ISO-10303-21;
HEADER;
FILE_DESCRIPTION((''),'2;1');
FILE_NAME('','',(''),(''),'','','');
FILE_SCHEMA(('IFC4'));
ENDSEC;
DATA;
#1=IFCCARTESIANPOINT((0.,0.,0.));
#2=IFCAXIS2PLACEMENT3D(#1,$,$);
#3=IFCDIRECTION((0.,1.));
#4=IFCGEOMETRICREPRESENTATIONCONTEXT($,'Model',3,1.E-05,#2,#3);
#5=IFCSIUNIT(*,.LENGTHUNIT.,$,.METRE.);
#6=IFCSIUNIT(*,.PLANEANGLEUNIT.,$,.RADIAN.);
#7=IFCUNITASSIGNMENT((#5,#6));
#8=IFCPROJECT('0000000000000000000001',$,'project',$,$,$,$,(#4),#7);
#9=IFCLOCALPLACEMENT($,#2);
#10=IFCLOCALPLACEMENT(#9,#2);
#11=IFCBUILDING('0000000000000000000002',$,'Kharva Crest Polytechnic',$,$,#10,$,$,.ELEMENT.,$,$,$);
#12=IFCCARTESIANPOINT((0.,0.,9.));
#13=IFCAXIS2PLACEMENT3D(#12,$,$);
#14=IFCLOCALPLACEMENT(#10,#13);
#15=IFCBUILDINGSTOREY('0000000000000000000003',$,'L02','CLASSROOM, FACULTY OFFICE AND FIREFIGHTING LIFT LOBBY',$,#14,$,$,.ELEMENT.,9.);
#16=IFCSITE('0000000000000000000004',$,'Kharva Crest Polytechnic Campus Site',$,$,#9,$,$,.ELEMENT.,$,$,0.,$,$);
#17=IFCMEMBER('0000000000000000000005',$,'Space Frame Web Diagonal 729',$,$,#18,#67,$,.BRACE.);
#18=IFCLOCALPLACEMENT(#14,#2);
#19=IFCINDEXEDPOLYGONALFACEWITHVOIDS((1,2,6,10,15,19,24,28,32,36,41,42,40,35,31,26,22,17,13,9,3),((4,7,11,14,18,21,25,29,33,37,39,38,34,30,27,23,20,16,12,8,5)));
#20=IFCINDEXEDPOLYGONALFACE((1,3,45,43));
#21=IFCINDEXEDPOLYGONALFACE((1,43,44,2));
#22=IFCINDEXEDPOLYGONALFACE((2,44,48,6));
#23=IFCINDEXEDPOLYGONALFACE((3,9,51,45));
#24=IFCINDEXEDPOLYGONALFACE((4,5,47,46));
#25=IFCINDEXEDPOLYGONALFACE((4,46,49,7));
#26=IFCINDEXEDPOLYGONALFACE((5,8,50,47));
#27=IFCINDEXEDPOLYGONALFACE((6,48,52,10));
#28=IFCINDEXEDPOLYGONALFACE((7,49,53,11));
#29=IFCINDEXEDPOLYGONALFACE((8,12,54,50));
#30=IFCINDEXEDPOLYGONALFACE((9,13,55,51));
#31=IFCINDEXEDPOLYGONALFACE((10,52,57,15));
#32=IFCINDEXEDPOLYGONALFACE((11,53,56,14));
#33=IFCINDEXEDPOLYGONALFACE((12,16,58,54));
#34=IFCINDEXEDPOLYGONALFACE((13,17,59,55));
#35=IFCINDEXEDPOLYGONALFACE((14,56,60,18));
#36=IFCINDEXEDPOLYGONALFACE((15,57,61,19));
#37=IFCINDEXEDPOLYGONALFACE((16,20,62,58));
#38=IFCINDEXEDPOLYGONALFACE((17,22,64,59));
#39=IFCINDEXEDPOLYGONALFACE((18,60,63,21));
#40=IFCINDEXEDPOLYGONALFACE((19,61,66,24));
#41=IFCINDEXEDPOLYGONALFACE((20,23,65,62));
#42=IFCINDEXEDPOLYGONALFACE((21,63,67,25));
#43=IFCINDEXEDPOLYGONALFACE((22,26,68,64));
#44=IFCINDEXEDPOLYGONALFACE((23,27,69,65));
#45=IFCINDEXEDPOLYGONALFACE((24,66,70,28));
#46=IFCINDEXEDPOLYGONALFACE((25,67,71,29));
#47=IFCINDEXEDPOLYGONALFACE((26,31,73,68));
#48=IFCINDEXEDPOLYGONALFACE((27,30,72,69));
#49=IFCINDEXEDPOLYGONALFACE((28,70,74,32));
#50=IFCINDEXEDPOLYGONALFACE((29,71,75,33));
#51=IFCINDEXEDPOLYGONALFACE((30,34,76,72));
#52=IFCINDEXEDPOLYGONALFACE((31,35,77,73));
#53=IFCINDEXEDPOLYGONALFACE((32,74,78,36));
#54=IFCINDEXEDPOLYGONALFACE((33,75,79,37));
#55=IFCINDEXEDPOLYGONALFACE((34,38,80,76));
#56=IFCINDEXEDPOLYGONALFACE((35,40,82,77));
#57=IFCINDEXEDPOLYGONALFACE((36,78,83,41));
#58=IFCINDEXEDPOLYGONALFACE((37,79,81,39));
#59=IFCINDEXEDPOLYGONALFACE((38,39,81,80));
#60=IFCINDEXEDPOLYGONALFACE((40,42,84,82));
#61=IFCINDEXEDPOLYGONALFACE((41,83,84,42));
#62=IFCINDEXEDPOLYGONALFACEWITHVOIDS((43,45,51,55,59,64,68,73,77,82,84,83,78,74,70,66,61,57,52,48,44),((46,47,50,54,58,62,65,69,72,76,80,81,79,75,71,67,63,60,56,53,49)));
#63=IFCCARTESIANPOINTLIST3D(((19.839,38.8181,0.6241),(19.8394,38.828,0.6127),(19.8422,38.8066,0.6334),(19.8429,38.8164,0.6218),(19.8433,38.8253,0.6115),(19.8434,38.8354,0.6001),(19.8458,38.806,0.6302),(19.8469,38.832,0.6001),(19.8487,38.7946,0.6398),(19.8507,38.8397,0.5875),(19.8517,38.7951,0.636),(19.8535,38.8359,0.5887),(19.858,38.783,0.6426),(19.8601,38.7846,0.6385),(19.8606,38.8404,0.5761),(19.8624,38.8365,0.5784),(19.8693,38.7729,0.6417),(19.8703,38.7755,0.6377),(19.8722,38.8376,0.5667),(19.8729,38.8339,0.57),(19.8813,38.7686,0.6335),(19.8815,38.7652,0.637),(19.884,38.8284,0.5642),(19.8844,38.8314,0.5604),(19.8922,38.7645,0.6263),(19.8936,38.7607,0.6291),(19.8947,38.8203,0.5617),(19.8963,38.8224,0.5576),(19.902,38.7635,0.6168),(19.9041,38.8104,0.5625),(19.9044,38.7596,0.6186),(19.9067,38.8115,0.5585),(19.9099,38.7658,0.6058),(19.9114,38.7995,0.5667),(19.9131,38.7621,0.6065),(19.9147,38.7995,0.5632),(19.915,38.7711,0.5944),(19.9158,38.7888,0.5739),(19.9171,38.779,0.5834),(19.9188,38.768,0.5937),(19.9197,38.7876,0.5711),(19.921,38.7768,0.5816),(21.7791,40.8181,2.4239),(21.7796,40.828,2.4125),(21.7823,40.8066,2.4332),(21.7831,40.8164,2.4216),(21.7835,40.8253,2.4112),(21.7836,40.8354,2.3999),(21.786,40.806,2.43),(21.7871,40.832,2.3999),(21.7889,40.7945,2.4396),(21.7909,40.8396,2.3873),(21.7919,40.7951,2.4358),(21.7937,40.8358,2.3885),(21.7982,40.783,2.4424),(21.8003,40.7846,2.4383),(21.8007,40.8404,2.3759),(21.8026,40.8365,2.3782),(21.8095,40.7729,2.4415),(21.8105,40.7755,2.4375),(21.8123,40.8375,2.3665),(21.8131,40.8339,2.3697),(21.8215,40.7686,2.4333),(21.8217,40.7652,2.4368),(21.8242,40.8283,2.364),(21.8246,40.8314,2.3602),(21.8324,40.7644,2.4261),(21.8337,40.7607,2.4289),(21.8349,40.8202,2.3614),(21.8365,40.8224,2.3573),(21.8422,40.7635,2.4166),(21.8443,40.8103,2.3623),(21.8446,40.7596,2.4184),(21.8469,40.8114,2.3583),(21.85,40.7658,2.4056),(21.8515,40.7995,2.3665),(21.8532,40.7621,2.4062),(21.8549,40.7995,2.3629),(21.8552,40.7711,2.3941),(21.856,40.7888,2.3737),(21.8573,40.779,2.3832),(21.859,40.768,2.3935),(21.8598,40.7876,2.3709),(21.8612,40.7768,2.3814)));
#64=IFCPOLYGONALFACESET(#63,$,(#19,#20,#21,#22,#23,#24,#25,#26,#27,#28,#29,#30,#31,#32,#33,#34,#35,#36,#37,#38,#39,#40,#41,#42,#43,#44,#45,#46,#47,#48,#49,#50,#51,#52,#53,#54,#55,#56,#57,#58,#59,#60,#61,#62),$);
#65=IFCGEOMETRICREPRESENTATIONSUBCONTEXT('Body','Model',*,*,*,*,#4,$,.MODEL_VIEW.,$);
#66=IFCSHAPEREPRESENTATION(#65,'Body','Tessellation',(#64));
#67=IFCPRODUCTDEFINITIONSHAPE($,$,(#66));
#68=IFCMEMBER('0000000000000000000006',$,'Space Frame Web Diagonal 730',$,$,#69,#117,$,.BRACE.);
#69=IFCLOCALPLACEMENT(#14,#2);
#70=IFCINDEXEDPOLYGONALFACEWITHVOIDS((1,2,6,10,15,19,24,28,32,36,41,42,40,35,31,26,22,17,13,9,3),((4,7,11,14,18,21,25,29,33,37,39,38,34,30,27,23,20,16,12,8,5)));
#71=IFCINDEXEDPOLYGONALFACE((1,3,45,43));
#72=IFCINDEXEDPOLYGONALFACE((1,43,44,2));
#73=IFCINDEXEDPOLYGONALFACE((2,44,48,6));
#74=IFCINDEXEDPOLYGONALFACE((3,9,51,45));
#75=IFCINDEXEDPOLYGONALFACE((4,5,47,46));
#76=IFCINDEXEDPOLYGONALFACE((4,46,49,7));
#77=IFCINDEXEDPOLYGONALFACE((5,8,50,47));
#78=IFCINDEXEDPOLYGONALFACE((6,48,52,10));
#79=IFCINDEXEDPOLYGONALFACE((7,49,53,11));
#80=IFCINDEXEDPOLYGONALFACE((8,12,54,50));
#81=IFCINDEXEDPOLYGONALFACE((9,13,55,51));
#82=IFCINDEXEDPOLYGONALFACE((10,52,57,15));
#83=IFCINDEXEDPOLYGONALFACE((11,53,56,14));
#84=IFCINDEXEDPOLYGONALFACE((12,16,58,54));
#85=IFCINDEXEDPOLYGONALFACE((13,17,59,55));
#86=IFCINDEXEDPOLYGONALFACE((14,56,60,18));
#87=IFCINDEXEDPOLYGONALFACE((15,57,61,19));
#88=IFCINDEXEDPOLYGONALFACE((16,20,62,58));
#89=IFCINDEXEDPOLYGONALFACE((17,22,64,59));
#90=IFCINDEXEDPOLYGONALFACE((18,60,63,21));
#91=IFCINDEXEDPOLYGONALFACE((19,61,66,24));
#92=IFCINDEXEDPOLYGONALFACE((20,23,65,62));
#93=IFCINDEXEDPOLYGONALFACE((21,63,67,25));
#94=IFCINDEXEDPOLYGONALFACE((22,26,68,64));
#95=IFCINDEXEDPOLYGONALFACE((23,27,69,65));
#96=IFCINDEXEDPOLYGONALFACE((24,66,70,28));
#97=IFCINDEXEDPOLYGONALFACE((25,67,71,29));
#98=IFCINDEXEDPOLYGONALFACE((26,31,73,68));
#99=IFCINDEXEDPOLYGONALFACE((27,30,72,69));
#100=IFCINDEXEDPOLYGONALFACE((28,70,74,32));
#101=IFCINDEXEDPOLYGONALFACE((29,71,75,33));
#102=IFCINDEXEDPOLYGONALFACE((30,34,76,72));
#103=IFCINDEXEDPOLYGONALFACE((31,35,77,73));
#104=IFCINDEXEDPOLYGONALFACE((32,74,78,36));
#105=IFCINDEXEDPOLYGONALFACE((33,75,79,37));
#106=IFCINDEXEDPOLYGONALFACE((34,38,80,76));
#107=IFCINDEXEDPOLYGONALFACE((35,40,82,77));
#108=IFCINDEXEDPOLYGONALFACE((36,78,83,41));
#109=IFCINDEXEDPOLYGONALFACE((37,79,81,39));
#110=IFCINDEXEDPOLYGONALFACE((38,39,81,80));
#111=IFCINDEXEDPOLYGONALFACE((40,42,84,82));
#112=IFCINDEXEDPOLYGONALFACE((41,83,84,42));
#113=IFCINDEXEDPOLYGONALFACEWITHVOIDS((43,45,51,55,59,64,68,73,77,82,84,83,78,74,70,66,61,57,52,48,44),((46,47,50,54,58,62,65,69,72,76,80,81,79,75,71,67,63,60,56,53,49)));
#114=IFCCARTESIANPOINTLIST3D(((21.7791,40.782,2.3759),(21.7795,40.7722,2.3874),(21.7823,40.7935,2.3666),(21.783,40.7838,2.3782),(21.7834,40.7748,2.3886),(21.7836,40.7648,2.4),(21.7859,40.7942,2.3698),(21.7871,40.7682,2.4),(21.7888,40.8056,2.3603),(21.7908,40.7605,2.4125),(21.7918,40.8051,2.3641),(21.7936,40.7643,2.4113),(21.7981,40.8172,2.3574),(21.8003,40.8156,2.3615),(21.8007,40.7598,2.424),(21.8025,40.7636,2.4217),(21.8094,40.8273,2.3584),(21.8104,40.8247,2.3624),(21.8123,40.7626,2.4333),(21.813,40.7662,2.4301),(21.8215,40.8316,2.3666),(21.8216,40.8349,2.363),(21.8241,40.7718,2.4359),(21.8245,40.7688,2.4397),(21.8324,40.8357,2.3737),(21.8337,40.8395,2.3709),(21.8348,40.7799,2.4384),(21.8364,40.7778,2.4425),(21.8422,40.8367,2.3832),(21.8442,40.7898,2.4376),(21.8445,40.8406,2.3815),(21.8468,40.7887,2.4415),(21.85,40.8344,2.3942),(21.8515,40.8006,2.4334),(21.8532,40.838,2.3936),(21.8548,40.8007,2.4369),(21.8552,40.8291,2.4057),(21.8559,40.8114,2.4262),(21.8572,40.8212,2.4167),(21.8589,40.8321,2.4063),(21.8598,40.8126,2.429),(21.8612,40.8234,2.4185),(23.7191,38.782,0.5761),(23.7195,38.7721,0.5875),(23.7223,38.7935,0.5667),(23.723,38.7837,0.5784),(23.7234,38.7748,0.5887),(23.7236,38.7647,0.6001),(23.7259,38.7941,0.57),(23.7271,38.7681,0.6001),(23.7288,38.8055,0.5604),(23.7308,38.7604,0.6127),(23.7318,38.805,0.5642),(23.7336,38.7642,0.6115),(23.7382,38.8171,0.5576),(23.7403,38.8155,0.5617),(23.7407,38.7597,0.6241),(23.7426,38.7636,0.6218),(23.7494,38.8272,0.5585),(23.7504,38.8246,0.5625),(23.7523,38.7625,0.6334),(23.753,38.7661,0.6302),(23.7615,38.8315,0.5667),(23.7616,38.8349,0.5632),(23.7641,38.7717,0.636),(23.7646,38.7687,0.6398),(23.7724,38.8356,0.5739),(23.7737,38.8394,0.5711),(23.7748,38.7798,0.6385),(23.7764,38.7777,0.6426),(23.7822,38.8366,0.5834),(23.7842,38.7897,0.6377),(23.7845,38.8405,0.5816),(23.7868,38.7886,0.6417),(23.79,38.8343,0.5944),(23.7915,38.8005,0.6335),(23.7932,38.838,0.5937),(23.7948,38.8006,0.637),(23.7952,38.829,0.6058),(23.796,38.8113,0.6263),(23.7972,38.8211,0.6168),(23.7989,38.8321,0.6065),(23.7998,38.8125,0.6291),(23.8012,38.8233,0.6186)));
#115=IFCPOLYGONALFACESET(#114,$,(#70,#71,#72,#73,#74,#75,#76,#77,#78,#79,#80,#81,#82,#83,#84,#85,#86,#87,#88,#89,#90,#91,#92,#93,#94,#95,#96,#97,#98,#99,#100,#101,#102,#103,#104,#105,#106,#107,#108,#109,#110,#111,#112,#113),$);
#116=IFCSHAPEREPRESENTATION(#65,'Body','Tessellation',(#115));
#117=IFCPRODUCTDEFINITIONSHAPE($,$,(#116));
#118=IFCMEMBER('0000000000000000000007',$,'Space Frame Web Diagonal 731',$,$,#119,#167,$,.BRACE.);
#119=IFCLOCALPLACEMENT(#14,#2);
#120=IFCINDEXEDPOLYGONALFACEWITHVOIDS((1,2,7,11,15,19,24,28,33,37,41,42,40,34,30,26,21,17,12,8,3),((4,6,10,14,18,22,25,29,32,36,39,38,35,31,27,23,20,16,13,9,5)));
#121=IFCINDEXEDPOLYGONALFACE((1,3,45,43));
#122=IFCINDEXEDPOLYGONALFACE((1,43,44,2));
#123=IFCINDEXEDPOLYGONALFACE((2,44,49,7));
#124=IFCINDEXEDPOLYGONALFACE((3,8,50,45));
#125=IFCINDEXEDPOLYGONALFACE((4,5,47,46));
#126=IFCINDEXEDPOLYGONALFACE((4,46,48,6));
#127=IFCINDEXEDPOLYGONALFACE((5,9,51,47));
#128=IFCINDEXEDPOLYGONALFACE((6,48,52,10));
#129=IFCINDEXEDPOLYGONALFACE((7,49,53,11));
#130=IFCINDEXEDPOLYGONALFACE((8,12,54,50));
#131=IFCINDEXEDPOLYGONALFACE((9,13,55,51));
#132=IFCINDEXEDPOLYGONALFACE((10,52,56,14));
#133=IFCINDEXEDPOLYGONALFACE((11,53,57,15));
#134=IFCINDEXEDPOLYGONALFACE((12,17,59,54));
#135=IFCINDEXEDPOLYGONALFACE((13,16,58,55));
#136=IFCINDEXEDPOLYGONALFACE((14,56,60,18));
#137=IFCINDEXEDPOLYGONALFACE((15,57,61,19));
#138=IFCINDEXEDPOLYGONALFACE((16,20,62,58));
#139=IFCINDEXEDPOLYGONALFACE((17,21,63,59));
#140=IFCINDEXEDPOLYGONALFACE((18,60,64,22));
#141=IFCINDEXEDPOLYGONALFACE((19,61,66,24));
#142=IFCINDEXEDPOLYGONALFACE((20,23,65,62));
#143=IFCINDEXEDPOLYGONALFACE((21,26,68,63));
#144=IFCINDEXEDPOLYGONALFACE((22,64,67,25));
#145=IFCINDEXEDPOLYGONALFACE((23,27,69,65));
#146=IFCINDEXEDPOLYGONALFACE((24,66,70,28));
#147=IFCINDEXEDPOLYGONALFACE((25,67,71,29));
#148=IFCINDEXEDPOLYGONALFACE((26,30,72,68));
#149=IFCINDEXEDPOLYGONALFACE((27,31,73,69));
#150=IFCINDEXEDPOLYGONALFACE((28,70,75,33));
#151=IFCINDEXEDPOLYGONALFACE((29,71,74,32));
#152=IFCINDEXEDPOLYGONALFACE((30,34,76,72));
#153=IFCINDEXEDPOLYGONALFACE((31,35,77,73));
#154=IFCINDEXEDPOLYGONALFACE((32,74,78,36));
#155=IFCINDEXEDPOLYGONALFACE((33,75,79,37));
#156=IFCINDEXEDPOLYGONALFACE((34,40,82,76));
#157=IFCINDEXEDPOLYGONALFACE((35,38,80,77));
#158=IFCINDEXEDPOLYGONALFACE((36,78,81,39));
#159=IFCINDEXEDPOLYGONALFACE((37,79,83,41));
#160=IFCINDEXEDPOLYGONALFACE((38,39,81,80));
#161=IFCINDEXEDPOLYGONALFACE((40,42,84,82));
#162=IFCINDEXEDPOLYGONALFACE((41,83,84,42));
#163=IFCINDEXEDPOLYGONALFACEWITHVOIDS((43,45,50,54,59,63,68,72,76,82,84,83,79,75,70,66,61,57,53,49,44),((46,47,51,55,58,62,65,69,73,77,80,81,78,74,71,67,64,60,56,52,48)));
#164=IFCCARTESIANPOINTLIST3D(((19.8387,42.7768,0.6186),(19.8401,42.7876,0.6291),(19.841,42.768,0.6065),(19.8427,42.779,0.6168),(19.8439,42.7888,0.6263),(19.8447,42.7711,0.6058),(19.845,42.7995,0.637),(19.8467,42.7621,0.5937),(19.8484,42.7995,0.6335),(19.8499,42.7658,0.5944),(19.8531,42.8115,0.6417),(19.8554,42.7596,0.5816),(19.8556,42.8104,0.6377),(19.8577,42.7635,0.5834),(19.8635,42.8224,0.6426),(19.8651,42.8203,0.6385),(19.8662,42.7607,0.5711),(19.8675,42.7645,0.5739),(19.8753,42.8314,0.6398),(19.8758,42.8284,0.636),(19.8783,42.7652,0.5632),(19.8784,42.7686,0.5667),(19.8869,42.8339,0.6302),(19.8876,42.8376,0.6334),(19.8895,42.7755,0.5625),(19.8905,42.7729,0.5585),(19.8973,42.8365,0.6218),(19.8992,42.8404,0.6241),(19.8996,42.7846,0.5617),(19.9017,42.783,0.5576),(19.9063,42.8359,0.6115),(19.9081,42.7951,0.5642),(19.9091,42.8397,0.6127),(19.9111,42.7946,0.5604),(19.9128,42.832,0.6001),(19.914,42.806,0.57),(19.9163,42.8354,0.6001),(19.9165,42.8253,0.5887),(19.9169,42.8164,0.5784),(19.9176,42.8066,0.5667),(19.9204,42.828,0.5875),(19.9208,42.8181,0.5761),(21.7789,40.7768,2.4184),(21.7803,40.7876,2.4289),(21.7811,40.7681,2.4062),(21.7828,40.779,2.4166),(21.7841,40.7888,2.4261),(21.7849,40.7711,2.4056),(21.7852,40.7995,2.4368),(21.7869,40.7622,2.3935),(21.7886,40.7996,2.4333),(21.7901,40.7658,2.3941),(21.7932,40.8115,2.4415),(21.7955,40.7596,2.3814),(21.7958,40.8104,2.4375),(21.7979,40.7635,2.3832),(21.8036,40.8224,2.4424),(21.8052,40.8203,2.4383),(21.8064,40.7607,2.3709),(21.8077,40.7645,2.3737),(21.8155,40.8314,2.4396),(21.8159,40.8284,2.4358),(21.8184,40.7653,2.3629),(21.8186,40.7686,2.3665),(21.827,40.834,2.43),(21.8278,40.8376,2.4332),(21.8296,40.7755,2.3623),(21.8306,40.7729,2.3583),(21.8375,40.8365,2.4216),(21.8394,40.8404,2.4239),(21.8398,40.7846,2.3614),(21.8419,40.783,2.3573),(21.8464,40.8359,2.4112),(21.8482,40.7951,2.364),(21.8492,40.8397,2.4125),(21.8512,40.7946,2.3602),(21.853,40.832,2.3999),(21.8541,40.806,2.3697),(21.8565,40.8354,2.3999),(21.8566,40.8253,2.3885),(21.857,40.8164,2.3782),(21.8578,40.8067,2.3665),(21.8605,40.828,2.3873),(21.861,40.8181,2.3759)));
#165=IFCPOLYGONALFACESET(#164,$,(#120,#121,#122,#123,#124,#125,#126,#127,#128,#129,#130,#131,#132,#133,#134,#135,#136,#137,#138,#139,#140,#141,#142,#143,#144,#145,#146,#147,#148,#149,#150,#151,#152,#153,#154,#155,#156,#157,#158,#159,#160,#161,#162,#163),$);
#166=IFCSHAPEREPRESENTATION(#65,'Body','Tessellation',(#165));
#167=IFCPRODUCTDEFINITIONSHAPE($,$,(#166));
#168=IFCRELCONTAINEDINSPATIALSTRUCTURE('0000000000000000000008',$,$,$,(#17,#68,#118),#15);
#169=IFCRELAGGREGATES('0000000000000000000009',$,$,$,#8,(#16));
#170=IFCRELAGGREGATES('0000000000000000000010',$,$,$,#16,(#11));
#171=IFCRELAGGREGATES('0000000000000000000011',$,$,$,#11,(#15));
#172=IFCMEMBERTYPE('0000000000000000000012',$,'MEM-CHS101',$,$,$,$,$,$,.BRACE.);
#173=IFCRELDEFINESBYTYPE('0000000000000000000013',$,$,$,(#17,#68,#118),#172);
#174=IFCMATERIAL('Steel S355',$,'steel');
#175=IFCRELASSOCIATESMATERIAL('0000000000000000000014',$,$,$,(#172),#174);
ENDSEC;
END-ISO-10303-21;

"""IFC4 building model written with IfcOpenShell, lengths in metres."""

from ifc_helpers import new_model, si_unit, direction, frame, origin, origin_2d, place, context, subcontext, project, spatial, hollow_circle, extrude, material, material_profile, profile_set, type_object, element, save


model = new_model("IFC4")

# Units and contexts
model_context = context("Model", 3, precision=1e-05, world=origin(), true_north=direction((0.0, 1.0)))
body_context = subcontext(model_context, "Body", "Model", "MODEL_VIEW")
ifc_project = project(units=[si_unit("LENGTHUNIT", "METRE"), si_unit("PLANEANGLEUNIT", "RADIAN")], contexts=[model_context])

# Site, building, storey
site_placement = place(None, origin())
site = spatial("IfcSite", under=ifc_project, at=site_placement, Name="Kharva Crest Polytechnic Campus Site", CompositionType="ELEMENT", RefElevation=0.0)
building_placement = place(site_placement, origin())
building = spatial("IfcBuilding", under=site, at=building_placement, Name="Kharva Crest Polytechnic", CompositionType="ELEMENT")
storey_placement = place(building_placement, frame((0.0, 0.0, 9.0)))
storey = spatial("IfcBuildingStorey", under=building, at=storey_placement, Name="L02", Description="CLASSROOM, FACULTY OFFICE AND FIREFIGHTING LIFT LOBBY", CompositionType="ELEMENT", Elevation=9.0)

# Members
ifc_material = material(Name="Steel S355", Category="steel")
ifc_material_profile_1 = material_profile(ifc_material, hollow_circle(Radius=0.0508, WallThickness=0.0049, at=origin_2d()), Name="CHS 101.6X5.0")
ifc_profile_set_1 = profile_set([ifc_material_profile_1], Name="Steel S355")
member_type_1 = type_object("IfcMemberType", Name="MEM-CHS101", PredefinedType="BRACE", material=ifc_profile_set_1)
for number, where, z_axis, x_axis, name in (
    (1, (19.8799, 38.8, 0.6001), (0.584892, 0.602924, 0.542572), (-0.717758, 0.696292, 0.0), "Space Frame Web Diagonal 729"),
    (2, (23.76, 38.8, 0.6001), (-0.584843, 0.60295, 0.542596), (-0.717802, -0.696247, 0.0), "Space Frame Web Diagonal 730"),
    (3, (19.8799, 42.8, 0.6001), (0.584892, -0.602924, 0.542572), (0.717758, 0.696292, 0.0), "Space Frame Web Diagonal 731"),
):
    element("IfcMember", number, at=place(storey_placement, frame(where, z_axis=z_axis, x_axis=x_axis)), inside=storey, type_object=member_type_1, Name=name, PredefinedType="BRACE", context=body_context, shape_type="SweptSolid", body=[
        extrude(hollow_circle(Radius=0.0508, WallThickness=0.0049, at=origin_2d()), origin(), (0.0, 0.0, 1.0), 3.3171),
    ])

save(model, "model.ifc")
